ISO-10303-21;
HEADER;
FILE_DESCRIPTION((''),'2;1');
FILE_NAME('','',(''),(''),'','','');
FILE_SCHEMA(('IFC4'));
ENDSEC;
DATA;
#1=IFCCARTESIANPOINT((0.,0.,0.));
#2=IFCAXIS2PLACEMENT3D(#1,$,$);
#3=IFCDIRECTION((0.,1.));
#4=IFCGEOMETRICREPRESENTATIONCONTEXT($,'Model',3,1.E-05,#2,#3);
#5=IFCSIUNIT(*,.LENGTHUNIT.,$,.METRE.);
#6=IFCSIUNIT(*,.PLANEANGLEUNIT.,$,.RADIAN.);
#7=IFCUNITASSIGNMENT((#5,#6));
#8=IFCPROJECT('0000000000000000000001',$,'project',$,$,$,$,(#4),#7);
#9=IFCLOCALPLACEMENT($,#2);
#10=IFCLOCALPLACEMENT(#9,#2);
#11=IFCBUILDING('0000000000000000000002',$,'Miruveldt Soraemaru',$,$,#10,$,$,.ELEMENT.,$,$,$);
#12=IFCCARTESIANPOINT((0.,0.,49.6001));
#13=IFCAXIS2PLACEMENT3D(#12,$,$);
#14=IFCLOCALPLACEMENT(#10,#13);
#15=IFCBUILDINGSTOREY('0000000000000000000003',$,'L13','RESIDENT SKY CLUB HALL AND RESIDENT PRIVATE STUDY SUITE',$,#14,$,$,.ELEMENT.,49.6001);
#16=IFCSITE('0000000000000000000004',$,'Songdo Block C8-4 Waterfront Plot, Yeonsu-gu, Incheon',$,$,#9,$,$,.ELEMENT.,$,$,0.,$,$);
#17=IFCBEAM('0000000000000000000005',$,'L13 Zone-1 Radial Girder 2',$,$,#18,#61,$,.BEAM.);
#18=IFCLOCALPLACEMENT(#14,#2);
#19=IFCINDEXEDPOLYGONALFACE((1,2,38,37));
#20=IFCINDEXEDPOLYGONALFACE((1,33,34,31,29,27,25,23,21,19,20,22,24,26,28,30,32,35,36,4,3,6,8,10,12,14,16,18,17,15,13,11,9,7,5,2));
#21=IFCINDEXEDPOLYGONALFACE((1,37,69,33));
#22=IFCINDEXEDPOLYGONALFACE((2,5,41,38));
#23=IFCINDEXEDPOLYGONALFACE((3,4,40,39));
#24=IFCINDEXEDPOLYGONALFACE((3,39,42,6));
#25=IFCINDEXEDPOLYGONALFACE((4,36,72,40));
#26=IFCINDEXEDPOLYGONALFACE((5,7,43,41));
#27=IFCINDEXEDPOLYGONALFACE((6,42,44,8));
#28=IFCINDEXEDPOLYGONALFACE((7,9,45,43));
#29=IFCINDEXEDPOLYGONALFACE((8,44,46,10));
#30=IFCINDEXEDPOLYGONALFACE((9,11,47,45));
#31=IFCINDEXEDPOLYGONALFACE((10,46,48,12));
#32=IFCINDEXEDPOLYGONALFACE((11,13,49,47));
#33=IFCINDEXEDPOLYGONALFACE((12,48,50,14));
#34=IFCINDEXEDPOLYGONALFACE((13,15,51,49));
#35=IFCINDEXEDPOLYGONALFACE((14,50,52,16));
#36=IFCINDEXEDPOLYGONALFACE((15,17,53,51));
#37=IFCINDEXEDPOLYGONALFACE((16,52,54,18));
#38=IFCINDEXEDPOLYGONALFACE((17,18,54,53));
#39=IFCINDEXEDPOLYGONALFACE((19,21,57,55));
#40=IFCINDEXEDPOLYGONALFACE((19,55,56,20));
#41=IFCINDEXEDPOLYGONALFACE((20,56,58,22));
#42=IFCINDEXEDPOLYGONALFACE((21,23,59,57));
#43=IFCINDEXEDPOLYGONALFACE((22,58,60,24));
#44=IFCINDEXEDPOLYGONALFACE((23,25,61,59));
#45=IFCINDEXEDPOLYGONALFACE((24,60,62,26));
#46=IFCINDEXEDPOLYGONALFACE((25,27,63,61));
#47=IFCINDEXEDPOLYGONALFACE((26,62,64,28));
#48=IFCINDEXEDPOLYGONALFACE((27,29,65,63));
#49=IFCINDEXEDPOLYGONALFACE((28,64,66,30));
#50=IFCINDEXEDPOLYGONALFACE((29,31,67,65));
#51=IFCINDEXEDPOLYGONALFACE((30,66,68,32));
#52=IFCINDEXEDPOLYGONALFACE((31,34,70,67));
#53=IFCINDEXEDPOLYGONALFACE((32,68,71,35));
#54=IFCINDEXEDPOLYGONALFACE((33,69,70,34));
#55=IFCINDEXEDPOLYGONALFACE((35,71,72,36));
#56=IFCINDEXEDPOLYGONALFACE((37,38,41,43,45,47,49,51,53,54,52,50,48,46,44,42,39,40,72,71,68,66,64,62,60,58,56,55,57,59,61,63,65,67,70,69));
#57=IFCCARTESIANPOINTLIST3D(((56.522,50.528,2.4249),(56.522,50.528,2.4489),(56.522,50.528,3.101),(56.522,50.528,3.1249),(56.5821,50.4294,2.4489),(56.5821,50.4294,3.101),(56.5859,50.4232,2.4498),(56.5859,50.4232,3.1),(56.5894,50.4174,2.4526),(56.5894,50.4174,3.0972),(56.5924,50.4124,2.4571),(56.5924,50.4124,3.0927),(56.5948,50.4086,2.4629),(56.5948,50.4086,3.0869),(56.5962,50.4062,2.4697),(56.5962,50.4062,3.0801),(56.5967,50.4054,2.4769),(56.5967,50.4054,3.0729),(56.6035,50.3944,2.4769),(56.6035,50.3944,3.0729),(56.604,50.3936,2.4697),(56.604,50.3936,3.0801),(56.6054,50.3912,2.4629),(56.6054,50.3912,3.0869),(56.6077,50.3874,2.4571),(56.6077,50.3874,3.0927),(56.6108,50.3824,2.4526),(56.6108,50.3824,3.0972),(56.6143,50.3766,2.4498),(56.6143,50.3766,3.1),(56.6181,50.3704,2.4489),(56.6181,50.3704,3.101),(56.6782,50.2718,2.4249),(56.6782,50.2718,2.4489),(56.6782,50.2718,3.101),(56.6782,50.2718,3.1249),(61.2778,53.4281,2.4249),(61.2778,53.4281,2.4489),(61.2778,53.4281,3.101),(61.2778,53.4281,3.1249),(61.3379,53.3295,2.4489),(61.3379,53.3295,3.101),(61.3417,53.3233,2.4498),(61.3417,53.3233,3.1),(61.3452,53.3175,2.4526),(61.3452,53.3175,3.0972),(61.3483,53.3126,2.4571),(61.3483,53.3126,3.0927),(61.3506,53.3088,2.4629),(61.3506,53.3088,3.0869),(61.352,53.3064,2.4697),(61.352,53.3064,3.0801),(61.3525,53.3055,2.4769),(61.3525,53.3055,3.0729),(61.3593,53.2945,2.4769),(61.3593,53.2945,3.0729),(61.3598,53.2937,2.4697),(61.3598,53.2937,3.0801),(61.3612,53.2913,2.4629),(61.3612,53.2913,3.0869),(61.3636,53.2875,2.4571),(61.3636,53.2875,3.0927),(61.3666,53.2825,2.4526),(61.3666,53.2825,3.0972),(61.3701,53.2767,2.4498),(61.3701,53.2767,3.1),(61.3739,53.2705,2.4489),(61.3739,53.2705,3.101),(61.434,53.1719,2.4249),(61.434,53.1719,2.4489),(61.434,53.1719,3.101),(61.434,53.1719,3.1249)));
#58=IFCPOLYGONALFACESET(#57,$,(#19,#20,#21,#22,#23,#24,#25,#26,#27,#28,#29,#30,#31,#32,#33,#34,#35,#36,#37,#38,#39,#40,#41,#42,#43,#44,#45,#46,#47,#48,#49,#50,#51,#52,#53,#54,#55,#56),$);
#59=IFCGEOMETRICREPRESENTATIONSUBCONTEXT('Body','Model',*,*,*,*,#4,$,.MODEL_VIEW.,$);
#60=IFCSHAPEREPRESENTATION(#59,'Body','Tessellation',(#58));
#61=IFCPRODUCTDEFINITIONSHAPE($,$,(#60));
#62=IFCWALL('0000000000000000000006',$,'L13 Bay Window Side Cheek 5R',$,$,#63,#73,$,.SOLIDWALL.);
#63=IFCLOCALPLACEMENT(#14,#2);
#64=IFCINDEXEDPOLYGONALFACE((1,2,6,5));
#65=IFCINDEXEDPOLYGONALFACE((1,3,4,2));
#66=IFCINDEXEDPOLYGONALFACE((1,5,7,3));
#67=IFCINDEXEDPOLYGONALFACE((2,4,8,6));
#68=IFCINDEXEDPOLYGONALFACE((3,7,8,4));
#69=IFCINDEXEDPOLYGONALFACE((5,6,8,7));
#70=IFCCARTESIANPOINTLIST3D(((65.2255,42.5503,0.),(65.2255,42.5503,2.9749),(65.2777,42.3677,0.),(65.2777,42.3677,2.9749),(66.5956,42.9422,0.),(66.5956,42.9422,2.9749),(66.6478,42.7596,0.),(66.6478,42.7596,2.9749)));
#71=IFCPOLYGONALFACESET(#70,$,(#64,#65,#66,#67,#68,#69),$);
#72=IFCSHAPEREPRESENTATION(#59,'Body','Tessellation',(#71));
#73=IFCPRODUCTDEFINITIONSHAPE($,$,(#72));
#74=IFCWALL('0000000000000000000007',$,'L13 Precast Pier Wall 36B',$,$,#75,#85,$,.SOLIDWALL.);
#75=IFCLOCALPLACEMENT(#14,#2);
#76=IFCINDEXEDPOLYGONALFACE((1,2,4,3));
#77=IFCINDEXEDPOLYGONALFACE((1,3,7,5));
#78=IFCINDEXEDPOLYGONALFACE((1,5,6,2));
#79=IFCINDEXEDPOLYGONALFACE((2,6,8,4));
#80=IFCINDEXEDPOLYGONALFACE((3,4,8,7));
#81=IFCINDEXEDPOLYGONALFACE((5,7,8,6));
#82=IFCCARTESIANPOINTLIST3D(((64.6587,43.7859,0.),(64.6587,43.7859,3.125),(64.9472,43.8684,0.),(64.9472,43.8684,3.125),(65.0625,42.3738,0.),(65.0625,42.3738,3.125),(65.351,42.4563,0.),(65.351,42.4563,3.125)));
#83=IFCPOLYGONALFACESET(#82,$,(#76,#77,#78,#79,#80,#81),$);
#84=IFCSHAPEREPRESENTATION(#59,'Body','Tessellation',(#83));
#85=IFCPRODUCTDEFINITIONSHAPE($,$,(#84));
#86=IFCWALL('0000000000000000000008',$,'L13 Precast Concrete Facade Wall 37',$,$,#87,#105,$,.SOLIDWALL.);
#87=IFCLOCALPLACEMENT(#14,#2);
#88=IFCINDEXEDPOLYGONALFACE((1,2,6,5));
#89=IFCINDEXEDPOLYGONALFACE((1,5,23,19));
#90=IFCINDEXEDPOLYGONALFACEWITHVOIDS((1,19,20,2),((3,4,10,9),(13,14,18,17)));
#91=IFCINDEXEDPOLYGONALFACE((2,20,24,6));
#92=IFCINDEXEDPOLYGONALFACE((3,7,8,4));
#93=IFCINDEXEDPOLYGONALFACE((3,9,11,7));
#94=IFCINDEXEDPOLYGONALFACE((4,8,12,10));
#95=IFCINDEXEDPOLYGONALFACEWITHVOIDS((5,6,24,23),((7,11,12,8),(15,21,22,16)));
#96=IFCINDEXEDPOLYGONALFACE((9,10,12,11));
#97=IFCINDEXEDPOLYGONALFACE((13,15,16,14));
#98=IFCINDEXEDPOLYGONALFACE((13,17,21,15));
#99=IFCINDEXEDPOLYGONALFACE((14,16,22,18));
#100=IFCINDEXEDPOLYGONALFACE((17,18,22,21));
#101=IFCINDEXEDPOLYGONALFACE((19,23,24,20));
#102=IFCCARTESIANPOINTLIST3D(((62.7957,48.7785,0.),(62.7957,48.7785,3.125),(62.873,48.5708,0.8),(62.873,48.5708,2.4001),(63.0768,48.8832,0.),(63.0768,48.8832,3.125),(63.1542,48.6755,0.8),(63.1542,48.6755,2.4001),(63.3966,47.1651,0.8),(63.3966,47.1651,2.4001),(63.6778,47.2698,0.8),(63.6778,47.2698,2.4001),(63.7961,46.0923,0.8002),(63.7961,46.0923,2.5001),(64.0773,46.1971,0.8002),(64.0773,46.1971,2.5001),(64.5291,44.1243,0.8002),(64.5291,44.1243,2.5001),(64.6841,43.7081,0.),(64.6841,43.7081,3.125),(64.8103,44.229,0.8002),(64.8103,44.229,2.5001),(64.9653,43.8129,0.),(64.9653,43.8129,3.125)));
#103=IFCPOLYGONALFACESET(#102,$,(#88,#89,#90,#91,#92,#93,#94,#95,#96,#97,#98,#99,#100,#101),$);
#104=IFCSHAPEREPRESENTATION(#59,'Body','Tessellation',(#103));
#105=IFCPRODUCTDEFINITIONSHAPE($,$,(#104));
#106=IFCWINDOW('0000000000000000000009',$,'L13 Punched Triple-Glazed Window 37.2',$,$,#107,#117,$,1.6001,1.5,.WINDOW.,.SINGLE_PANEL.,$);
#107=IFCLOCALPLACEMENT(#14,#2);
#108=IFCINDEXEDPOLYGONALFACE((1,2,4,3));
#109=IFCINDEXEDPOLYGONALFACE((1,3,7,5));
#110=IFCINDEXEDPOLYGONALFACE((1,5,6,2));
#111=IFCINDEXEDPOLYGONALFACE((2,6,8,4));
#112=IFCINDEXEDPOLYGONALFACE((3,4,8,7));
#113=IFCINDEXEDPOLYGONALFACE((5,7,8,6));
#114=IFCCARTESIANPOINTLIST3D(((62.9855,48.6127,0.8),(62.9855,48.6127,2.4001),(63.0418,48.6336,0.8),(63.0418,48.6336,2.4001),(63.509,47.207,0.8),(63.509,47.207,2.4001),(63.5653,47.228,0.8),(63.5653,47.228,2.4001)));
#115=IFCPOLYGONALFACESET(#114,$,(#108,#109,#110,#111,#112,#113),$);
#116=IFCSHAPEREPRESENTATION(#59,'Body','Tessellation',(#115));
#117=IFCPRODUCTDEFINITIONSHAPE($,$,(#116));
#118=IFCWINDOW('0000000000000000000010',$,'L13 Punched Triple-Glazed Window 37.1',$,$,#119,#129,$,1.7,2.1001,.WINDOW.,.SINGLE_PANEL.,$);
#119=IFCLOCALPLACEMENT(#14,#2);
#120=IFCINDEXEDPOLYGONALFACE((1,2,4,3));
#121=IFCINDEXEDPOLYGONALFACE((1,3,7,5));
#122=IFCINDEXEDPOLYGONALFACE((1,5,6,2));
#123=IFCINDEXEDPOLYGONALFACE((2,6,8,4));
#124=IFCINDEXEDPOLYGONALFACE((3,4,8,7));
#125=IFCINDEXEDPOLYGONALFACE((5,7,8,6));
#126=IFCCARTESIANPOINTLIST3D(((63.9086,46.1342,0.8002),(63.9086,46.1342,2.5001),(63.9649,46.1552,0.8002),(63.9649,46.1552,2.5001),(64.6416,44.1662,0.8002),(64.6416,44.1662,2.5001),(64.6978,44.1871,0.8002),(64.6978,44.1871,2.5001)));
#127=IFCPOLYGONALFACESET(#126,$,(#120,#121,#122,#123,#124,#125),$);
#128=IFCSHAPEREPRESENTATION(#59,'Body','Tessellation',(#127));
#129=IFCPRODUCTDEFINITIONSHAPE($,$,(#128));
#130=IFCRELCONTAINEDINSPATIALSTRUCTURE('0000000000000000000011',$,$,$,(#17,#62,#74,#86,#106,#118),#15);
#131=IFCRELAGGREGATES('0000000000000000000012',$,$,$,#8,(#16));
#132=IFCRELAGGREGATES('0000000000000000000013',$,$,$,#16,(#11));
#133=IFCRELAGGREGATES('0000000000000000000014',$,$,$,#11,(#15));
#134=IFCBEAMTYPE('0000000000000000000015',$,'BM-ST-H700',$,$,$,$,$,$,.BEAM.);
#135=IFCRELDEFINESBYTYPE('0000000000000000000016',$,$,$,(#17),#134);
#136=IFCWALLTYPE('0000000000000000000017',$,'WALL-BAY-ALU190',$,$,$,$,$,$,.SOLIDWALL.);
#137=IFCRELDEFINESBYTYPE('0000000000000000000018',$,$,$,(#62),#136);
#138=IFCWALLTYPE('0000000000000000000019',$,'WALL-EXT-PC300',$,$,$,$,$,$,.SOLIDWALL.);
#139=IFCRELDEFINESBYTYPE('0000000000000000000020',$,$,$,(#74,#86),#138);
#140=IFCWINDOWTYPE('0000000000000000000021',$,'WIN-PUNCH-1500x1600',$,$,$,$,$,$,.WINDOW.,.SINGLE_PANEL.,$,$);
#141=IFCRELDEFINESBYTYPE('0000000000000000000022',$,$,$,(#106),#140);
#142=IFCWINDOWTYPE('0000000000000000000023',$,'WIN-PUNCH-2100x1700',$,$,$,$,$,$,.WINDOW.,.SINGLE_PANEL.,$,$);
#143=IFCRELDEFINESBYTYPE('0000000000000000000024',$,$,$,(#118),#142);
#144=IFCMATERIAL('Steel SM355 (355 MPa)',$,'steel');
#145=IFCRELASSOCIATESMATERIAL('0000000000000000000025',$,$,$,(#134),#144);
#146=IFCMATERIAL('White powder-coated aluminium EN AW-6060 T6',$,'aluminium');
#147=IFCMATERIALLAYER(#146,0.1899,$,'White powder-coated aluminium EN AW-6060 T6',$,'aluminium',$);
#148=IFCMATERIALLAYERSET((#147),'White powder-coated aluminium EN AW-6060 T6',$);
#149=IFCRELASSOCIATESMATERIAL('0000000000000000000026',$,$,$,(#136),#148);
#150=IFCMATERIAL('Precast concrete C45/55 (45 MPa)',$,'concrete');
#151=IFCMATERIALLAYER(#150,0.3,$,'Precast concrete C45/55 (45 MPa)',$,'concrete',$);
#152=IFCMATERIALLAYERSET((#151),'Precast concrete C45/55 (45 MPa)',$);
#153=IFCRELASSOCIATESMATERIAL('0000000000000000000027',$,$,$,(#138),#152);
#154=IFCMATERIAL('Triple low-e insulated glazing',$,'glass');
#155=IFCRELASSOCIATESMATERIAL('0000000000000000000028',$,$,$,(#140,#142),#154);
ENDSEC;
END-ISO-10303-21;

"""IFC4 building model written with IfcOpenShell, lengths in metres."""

from ifc_helpers import new_model, si_unit, direction, frame, frame_2d, origin, origin_2d, place, context, subcontext, project, spatial, rectangle, i_section, extrude, material, layer, layer_set, material_profile, profile_set, type_object, element, fill, save


model = new_model("IFC4")

# Units and contexts
model_context = context("Model", 3, precision=1e-05, world=origin(), true_north=direction((0.0, 1.0)))
body_context = subcontext(model_context, "Body", "Model", "MODEL_VIEW")
ifc_project = project(units=[si_unit("LENGTHUNIT", "METRE"), si_unit("PLANEANGLEUNIT", "RADIAN")], contexts=[model_context])

# Site, building, storey
site_placement = place(None, origin())
site = spatial("IfcSite", under=ifc_project, at=site_placement, Name="Songdo Block C8-4 Waterfront Plot, Yeonsu-gu, Incheon", CompositionType="ELEMENT", RefElevation=0.0)
building_placement = place(site_placement, origin())
building = spatial("IfcBuilding", under=site, at=building_placement, Name="Miruveldt Soraemaru", CompositionType="ELEMENT")
storey_placement = place(building_placement, frame((0.0, 0.0, 49.6001)))
storey = spatial("IfcBuildingStorey", under=building, at=storey_placement, Name="L13", Description="RESIDENT SKY CLUB HALL AND RESIDENT PRIVATE STUDY SUITE", CompositionType="ELEMENT", Elevation=49.6001)

# Beam
ifc_material_1 = material(Name="Steel SM355 (355 MPa)", Category="steel")
ifc_material_profile_1 = material_profile(ifc_material_1, i_section(OverallWidth=0.3, OverallDepth=0.7, WebThickness=0.0129, FlangeThickness=0.0239, FilletRadius=0.0281, at=origin_2d()), Name="Steel SM355 (355 MPa)", Category="steel")
ifc_profile_set_1 = profile_set([ifc_material_profile_1], Name="Steel SM355 (355 MPa)")
beam_type_1 = type_object("IfcBeamType", Name="BM-ST-H700", PredefinedType="BEAM", material=ifc_profile_set_1)
beam_1_placement = place(storey_placement, frame((56.6001, 50.3999, 2.7749), z_axis=(0.853778, 0.520638, 0.0), x_axis=(-0.520638, 0.853778, 0.0)))
element("IfcBeam", 1, at=beam_1_placement, inside=storey, type_object=beam_type_1, Name="L13 Zone-1 Radial Girder 2", PredefinedType="BEAM", context=body_context, shape_type="SweptSolid", body=[
    extrude(i_section(OverallWidth=0.3, OverallDepth=0.7, WebThickness=0.0129, FlangeThickness=0.0239, FilletRadius=0.0281, at=origin_2d()), origin(), (0.0, 0.0, 1.0), 5.5703),
])

# Walls
ifc_material_2 = material(Name="White powder-coated aluminium EN AW-6060 T6", Category="aluminium")
ifc_layer_1 = layer(ifc_material_2, 0.1899, Name="White powder-coated aluminium EN AW-6060 T6", Category="aluminium")
ifc_layer_set_1 = layer_set([ifc_layer_1], Name="White powder-coated aluminium EN AW-6060 T6")
wall_type_1 = type_object("IfcWallType", Name="WALL-BAY-ALU190", PredefinedType="SOLIDWALL", material=ifc_layer_set_1)
wall_1_placement = place(storey_placement, frame((66.6216, 42.8508, 0.0), z_axis=(0.0, 0.0, 1.0), x_axis=(-0.961453, -0.27497, 0.0)))
element("IfcWall", 2, at=wall_1_placement, inside=storey, type_object=wall_type_1, Name="L13 Bay Window Side Cheek 5R", PredefinedType="SOLIDWALL", context=body_context, shape_type="SweptSolid", body=[
    extrude(rectangle(XDim=1.425, YDim=0.1899, at=frame_2d((0.7124, 0.0))), origin(), (0.0, 0.0, 1.0), 2.9749),
])
ifc_material_3 = material(Name="Precast concrete C45/55 (45 MPa)", Category="concrete")
ifc_layer_2 = layer(ifc_material_3, 0.3, Name="Precast concrete C45/55 (45 MPa)", Category="concrete")
ifc_layer_set_2 = layer_set([ifc_layer_2], Name="Precast concrete C45/55 (45 MPa)")
wall_type_2 = type_object("IfcWallType", Name="WALL-EXT-PC300", PredefinedType="SOLIDWALL", material=ifc_layer_set_2)
wall_2_placement = place(storey_placement, frame((65.2068, 42.415, 0.0), z_axis=(0.0, 0.0, 1.0), x_axis=(-0.274941, 0.961461, 0.0)))
element("IfcWall", 3, at=wall_2_placement, inside=storey, type_object=wall_type_2, Name="L13 Precast Pier Wall 36B", PredefinedType="SOLIDWALL", context=body_context, shape_type="SweptSolid", body=[
    extrude(rectangle(XDim=1.4688, YDim=0.3, at=frame_2d((0.7344, 0.0))), origin(), (0.0, 0.0, 1.0), 3.125),
])

# Wall, openings, windows
wall_3_placement = place(storey_placement, frame((64.8247, 43.7605, 0.0), z_axis=(0.0, 0.0, 1.0), x_axis=(-0.349026, 0.937113, 0.0)))
wall_3 = element("IfcWall", 4, at=wall_3_placement, inside=storey, type_object=wall_type_2, Name="L13 Precast Concrete Facade Wall 37", PredefinedType="SOLIDWALL", context=body_context, shape_type="SweptSolid", body=[
    extrude(rectangle(XDim=5.4106, YDim=0.3, at=frame_2d((2.7053, 0.0))), origin(), (0.0, 0.0, 1.0), 3.125),
])
opening_1_placement = place(wall_3_placement, frame((0.4441, 0.0, 0.8)))
opening_1 = element("IfcOpeningElement", 5, at=opening_1_placement, cuts=wall_3, PredefinedType="OPENING", context=body_context, shape_type="SweptSolid", body=[
    extrude(rectangle(XDim=2.1001, YDim=1.7, at=frame_2d((1.05, 0.8501))), frame((0.0, 0.1602, 0.0), z_axis=(0.0, -1.0, 0.0), x_axis=(1.0, 0.0, 0.0)), (0.0, 0.0, 1.0), 0.3201),
])
opening_2_placement = place(wall_3_placement, frame((3.689, 0.0, 0.8)))
opening_2 = element("IfcOpeningElement", 6, at=opening_2_placement, cuts=wall_3, PredefinedType="OPENING", context=body_context, shape_type="SweptSolid", body=[
    extrude(rectangle(XDim=1.5, YDim=1.6001, at=frame_2d((0.75, 0.8))), frame((0.0, 0.1602, 0.0), z_axis=(0.0, -1.0, 0.0), x_axis=(1.0, 0.0, 0.0)), (0.0, 0.0, 1.0), 0.3201),
])
ifc_material_4 = material(Name="Triple low-e insulated glazing", Category="glass")
window_type_1 = type_object("IfcWindowType", Name="WIN-PUNCH-1500x1600", PartitioningType="SINGLE_PANEL", PredefinedType="WINDOW", material=ifc_material_4)
window_1_placement = place(opening_2_placement, origin())
window_1 = element("IfcWindow", 7, at=window_1_placement, inside=storey, type_object=window_type_1, Name="L13 Punched Triple-Glazed Window 37.2", OverallHeight=1.6001, OverallWidth=1.5, PartitioningType="SINGLE_PANEL", PredefinedType="WINDOW", context=body_context, shape_type="SweptSolid", body=[
    extrude(rectangle(XDim=1.5, YDim=1.6001, at=frame_2d((0.75, 0.8))), frame((0.0, 0.03, 0.0), z_axis=(0.0, -1.0, 0.0), x_axis=(1.0, 0.0, 0.0)), (0.0, 0.0, 1.0), 0.0601),
])
fill(opening_2, window_1)
window_type_2 = type_object("IfcWindowType", Name="WIN-PUNCH-2100x1700", PartitioningType="SINGLE_PANEL", PredefinedType="WINDOW", material=ifc_material_4)
window_2_placement = place(opening_1_placement, origin())
window_2 = element("IfcWindow", 8, at=window_2_placement, inside=storey, type_object=window_type_2, Name="L13 Punched Triple-Glazed Window 37.1", OverallHeight=1.7, OverallWidth=2.1001, PartitioningType="SINGLE_PANEL", PredefinedType="WINDOW", context=body_context, shape_type="SweptSolid", body=[
    extrude(rectangle(XDim=2.1001, YDim=1.7, at=frame_2d((1.05, 0.8501))), frame((0.0, 0.03, 0.0), z_axis=(0.0, -1.0, 0.0), x_axis=(1.0, 0.0, 0.0)), (0.0, 0.0, 1.0), 0.0601),
])
fill(opening_1, window_2)

save(model, "model.ifc")
